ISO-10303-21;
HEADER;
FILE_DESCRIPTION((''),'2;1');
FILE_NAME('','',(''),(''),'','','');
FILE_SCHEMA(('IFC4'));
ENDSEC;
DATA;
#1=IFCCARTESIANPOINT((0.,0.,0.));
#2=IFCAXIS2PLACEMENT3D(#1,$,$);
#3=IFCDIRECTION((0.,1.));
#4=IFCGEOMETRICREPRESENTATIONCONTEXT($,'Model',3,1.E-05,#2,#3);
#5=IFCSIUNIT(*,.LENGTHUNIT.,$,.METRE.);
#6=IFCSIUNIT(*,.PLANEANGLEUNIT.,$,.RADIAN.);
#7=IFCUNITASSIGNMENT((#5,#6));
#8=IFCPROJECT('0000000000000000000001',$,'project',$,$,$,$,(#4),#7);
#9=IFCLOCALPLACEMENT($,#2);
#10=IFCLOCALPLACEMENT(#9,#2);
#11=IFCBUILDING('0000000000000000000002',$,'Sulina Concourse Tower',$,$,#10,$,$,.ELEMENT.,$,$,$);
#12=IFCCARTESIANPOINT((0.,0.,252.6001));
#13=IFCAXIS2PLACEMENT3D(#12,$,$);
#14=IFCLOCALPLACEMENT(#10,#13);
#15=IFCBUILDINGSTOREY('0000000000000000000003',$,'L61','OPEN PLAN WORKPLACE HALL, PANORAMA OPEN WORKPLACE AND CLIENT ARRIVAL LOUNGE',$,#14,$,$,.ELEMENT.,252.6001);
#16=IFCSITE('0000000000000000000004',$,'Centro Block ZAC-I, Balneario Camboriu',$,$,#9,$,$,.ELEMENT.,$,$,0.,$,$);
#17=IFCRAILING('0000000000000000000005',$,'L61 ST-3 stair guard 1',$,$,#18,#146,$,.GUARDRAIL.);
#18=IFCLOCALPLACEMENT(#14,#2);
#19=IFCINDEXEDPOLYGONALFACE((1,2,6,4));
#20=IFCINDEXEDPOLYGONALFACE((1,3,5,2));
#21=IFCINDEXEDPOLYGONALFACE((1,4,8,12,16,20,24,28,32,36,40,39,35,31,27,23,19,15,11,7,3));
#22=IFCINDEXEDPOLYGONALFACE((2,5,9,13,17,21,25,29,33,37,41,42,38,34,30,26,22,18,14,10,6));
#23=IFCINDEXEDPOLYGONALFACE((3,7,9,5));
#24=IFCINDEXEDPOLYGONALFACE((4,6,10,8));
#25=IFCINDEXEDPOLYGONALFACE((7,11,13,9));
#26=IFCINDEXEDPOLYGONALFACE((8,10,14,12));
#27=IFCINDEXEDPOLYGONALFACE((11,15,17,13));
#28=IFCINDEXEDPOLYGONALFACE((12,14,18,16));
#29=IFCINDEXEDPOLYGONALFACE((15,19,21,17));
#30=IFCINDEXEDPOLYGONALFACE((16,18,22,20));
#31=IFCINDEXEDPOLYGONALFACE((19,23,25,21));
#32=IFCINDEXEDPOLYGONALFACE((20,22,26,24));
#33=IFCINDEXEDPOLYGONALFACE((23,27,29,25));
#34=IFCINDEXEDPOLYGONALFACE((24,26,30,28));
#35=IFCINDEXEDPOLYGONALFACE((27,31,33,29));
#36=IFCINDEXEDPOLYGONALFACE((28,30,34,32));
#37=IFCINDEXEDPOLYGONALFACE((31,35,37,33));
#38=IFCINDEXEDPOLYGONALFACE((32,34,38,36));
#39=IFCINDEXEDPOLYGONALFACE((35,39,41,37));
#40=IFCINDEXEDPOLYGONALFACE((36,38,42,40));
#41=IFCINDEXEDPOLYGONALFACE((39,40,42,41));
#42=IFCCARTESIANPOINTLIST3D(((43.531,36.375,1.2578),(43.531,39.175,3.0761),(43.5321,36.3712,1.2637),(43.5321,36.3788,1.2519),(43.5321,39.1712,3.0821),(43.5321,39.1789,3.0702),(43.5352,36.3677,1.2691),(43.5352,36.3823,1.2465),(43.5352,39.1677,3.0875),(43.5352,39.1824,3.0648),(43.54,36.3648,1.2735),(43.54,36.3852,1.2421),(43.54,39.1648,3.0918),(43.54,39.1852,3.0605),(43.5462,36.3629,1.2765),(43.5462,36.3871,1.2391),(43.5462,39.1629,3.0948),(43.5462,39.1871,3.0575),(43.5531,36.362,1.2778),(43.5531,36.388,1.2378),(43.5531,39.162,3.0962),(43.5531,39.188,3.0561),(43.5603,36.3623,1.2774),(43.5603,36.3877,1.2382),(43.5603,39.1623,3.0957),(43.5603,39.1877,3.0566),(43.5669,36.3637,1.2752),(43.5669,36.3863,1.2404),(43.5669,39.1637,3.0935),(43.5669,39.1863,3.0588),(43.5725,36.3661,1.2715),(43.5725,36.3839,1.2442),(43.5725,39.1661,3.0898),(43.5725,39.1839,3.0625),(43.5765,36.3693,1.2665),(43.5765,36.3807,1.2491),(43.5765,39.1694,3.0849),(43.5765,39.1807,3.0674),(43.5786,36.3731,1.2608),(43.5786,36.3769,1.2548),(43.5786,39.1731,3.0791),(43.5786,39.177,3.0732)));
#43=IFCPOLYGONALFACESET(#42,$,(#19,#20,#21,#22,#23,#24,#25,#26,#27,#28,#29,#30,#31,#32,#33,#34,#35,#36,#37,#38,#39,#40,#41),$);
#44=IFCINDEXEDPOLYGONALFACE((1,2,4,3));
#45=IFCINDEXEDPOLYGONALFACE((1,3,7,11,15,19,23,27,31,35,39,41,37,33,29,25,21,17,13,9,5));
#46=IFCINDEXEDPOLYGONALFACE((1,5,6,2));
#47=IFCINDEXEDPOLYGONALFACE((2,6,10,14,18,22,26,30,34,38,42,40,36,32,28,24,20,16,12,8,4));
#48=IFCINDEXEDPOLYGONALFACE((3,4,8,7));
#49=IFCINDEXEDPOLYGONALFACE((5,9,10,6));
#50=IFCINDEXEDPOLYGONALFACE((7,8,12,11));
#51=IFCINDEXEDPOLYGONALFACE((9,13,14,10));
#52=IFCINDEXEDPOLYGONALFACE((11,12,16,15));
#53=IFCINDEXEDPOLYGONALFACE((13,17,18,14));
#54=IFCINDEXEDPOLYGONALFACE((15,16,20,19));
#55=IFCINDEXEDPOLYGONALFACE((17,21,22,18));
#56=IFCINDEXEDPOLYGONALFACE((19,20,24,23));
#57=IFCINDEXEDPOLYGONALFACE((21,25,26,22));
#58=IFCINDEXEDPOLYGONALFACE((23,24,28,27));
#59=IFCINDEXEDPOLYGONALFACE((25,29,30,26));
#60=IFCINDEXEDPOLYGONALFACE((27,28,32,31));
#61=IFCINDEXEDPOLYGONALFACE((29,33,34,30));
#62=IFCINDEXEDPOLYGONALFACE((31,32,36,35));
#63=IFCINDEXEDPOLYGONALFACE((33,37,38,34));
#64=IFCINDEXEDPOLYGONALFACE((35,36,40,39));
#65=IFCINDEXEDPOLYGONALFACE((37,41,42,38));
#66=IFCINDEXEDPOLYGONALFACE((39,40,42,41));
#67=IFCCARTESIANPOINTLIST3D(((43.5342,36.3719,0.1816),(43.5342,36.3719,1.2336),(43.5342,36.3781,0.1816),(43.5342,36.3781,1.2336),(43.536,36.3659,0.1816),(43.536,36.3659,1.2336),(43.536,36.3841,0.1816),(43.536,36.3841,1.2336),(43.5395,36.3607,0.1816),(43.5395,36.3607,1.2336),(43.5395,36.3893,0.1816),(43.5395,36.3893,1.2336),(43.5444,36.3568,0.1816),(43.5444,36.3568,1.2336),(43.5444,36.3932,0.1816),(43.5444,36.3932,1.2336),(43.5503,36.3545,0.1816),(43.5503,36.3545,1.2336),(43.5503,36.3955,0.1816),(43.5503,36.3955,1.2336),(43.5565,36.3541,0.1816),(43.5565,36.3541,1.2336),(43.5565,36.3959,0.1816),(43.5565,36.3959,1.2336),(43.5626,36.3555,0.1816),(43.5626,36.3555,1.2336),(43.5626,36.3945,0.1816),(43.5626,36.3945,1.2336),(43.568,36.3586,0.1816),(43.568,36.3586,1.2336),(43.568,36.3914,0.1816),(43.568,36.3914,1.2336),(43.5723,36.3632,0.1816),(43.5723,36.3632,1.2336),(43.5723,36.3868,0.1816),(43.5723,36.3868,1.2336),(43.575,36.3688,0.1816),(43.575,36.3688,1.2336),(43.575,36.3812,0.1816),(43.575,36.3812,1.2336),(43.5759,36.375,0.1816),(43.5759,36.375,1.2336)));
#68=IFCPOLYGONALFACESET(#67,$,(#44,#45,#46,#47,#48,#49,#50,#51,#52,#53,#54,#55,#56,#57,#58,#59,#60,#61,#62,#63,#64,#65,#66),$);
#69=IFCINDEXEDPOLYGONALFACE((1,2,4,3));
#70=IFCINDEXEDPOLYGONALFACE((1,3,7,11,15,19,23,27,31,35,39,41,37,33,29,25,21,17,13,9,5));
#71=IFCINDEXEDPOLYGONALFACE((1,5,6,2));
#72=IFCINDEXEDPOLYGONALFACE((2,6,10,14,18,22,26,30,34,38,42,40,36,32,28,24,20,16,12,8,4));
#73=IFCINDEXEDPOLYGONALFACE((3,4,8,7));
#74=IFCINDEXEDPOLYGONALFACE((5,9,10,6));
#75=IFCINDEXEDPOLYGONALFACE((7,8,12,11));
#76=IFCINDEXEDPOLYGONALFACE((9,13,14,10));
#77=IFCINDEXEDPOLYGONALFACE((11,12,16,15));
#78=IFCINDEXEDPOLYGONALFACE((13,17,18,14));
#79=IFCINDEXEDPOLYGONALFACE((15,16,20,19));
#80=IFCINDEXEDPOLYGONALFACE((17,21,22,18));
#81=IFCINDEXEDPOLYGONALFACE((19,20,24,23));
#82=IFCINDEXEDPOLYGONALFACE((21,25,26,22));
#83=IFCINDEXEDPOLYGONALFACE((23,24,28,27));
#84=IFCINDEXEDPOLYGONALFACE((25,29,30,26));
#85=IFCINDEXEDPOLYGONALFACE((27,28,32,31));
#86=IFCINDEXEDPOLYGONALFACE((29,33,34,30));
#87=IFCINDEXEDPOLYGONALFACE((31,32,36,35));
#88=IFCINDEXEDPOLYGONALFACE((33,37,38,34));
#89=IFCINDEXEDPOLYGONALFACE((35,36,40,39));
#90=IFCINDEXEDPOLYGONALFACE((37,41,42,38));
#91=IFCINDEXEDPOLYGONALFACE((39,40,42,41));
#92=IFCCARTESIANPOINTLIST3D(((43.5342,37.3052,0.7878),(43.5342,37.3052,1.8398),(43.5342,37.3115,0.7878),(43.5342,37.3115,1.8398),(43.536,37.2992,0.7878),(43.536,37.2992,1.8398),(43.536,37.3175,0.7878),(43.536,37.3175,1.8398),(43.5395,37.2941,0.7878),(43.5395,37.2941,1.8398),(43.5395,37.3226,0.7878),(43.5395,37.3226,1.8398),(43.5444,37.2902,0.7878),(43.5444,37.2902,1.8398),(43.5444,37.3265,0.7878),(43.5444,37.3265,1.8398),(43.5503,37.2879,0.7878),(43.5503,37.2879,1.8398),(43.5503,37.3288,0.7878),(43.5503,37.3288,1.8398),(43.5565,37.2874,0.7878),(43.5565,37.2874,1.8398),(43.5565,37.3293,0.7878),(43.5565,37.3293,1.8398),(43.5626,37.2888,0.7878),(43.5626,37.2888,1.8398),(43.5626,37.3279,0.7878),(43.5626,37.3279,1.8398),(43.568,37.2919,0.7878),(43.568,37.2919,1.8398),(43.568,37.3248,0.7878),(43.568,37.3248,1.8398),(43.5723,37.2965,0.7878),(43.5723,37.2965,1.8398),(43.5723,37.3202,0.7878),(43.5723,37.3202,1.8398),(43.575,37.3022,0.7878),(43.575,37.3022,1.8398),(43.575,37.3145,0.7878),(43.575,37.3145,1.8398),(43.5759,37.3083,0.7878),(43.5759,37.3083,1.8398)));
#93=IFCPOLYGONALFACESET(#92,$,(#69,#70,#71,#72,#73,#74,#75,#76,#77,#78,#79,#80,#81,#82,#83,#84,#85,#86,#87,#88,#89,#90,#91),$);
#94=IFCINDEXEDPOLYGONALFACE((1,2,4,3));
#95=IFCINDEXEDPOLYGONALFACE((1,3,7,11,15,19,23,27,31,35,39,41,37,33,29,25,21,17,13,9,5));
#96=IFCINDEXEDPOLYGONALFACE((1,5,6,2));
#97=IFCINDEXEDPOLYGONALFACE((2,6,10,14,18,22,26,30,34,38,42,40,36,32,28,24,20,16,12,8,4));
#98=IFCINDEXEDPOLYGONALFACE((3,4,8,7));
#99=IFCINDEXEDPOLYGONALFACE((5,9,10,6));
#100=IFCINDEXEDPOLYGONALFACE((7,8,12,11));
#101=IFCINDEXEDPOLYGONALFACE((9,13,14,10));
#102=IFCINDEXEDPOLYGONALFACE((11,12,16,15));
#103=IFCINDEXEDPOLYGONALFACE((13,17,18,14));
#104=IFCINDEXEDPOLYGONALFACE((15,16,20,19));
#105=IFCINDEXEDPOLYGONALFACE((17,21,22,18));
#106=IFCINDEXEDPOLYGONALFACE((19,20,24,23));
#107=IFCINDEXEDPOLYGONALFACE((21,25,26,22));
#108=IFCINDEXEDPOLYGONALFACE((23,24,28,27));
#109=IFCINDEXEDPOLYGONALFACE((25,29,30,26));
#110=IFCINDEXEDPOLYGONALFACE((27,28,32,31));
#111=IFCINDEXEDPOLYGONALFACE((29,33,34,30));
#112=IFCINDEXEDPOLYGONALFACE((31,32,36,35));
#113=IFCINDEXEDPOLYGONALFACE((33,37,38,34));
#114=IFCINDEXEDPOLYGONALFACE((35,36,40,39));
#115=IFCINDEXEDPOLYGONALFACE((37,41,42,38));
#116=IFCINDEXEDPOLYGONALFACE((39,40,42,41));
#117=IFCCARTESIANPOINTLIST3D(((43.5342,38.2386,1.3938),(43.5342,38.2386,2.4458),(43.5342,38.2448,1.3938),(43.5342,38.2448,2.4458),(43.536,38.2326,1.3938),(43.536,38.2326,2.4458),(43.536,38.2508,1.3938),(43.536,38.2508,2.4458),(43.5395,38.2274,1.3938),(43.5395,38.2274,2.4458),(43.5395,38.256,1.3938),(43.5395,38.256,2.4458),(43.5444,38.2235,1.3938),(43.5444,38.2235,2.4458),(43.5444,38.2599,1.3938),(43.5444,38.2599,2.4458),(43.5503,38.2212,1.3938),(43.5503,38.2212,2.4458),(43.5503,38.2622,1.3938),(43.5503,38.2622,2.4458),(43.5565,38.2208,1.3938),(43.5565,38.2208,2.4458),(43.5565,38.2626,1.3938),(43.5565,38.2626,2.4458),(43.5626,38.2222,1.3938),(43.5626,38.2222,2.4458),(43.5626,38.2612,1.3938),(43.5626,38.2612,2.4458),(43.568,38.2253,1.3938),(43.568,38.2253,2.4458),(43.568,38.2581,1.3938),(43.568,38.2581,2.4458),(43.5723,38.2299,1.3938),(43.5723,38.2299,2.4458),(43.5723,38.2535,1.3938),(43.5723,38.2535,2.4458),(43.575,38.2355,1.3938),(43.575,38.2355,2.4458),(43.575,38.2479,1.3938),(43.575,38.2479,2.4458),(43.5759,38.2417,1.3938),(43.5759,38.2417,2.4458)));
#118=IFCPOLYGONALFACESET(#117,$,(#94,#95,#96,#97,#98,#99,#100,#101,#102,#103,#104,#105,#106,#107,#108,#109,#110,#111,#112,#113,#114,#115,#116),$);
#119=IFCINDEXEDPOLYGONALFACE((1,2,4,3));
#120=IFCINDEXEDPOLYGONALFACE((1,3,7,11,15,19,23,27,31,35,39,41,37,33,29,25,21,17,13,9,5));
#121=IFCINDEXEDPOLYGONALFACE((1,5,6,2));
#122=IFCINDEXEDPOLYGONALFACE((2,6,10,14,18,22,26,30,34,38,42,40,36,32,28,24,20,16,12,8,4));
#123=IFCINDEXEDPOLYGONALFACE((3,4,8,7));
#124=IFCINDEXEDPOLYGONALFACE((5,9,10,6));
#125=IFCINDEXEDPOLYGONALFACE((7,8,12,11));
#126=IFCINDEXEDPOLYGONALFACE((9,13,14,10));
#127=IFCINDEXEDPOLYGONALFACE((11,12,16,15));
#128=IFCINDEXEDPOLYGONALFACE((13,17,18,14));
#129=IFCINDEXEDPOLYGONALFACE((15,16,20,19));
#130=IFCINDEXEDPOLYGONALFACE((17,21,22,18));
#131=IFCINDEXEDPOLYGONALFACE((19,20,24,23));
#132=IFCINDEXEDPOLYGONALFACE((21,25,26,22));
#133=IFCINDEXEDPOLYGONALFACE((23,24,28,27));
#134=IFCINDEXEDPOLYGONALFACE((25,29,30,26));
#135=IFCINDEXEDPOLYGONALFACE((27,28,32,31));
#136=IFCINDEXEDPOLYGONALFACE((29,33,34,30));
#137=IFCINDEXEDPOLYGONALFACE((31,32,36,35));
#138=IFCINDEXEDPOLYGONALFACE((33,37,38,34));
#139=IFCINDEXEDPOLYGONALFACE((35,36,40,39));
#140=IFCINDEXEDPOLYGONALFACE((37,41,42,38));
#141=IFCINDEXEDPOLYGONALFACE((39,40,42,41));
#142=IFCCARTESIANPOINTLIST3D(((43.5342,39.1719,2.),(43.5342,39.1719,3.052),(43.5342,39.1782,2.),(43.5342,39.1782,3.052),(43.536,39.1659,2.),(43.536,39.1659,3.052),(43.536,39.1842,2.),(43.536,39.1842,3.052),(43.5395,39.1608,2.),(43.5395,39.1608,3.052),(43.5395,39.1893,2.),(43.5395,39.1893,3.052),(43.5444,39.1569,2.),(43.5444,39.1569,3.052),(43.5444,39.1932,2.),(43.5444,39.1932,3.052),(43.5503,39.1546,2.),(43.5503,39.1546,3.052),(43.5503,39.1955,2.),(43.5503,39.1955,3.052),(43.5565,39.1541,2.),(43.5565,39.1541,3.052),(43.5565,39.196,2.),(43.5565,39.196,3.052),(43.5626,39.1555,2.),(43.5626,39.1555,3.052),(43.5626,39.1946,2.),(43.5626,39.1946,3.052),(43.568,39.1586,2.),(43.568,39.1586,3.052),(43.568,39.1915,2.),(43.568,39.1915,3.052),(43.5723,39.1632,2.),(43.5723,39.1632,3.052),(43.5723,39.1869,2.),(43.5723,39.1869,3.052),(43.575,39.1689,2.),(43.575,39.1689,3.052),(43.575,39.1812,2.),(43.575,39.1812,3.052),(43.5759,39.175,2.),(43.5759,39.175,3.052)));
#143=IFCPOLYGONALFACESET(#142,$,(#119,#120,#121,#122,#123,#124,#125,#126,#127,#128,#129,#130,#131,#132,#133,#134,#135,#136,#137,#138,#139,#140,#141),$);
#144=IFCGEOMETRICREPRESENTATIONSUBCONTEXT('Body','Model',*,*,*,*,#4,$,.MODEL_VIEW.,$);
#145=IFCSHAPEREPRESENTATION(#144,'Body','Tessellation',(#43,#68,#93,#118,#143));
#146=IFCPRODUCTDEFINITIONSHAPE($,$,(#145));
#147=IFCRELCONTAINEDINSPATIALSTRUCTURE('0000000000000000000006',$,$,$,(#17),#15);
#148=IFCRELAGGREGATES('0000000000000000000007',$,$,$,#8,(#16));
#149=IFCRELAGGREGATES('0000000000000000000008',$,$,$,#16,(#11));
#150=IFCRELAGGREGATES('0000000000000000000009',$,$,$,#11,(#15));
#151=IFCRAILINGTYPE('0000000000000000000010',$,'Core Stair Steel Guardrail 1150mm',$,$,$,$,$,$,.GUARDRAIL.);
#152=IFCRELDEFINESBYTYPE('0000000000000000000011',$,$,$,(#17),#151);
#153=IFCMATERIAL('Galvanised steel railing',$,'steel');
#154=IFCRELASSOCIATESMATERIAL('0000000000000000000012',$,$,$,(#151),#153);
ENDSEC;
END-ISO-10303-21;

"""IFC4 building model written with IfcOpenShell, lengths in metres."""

from ifc_helpers import new_model, si_unit, direction, frame, origin, origin_2d, place, context, subcontext, project, spatial, circle, extrude, material, type_object, element, save


model = new_model("IFC4")

# Units and contexts
model_context = context("Model", 3, precision=1e-05, world=origin(), true_north=direction((0.0, 1.0)))
body_context = subcontext(model_context, "Body", "Model", "MODEL_VIEW")
ifc_project = project(units=[si_unit("LENGTHUNIT", "METRE"), si_unit("PLANEANGLEUNIT", "RADIAN")], contexts=[model_context])

# Site, building, storey
site_placement = place(None, origin())
site = spatial("IfcSite", under=ifc_project, at=site_placement, Name="Centro Block ZAC-I, Balneario Camboriu", CompositionType="ELEMENT", RefElevation=0.0)
building_placement = place(site_placement, origin())
building = spatial("IfcBuilding", under=site, at=building_placement, Name="Sulina Concourse Tower", CompositionType="ELEMENT")
storey_placement = place(building_placement, frame((0.0, 0.0, 252.6001)))
storey = spatial("IfcBuildingStorey", under=building, at=storey_placement, Name="L61", Description="OPEN PLAN WORKPLACE HALL, PANORAMA OPEN WORKPLACE AND CLIENT ARRIVAL LOUNGE", CompositionType="ELEMENT", Elevation=252.6001)

# Railing
ifc_material_1 = material(Name="Galvanised steel railing", Category="steel")
railing_type_1 = type_object("IfcRailingType", Name="Core Stair Steel Guardrail 1150mm", PredefinedType="GUARDRAIL", material=ifc_material_1)
railing_1_placement = place(storey_placement, frame((43.5549, 36.375, 0.1816)))
element("IfcRailing", 1, at=railing_1_placement, inside=storey, type_object=railing_type_1, Name="L61 ST-3 stair guard 1", PredefinedType="GUARDRAIL", context=body_context, shape_type="SweptSolid", body=[
    extrude(circle(Radius=0.0239, at=origin_2d()), frame((0.0, 0.0, 1.0762), z_axis=(0.0, 0.838672, 0.544636), x_axis=(-1.0, 0.0, 0.0)), (0.0, 0.0, 1.0), 3.3386),
    extrude(circle(Radius=0.021, at=origin_2d()), origin(), (0.0, 0.0, 1.0), 1.052),
    extrude(circle(Radius=0.021, at=origin_2d()), frame((0.0, 0.9333, 0.6062)), (0.0, 0.0, 1.0), 1.052),
    extrude(circle(Radius=0.021, at=origin_2d()), frame((0.0, 1.8667, 1.2122)), (0.0, 0.0, 1.0), 1.052),
    extrude(circle(Radius=0.021, at=origin_2d()), frame((0.0, 2.8, 1.8184)), (0.0, 0.0, 1.0), 1.052),
])

save(model, "model.ifc")
